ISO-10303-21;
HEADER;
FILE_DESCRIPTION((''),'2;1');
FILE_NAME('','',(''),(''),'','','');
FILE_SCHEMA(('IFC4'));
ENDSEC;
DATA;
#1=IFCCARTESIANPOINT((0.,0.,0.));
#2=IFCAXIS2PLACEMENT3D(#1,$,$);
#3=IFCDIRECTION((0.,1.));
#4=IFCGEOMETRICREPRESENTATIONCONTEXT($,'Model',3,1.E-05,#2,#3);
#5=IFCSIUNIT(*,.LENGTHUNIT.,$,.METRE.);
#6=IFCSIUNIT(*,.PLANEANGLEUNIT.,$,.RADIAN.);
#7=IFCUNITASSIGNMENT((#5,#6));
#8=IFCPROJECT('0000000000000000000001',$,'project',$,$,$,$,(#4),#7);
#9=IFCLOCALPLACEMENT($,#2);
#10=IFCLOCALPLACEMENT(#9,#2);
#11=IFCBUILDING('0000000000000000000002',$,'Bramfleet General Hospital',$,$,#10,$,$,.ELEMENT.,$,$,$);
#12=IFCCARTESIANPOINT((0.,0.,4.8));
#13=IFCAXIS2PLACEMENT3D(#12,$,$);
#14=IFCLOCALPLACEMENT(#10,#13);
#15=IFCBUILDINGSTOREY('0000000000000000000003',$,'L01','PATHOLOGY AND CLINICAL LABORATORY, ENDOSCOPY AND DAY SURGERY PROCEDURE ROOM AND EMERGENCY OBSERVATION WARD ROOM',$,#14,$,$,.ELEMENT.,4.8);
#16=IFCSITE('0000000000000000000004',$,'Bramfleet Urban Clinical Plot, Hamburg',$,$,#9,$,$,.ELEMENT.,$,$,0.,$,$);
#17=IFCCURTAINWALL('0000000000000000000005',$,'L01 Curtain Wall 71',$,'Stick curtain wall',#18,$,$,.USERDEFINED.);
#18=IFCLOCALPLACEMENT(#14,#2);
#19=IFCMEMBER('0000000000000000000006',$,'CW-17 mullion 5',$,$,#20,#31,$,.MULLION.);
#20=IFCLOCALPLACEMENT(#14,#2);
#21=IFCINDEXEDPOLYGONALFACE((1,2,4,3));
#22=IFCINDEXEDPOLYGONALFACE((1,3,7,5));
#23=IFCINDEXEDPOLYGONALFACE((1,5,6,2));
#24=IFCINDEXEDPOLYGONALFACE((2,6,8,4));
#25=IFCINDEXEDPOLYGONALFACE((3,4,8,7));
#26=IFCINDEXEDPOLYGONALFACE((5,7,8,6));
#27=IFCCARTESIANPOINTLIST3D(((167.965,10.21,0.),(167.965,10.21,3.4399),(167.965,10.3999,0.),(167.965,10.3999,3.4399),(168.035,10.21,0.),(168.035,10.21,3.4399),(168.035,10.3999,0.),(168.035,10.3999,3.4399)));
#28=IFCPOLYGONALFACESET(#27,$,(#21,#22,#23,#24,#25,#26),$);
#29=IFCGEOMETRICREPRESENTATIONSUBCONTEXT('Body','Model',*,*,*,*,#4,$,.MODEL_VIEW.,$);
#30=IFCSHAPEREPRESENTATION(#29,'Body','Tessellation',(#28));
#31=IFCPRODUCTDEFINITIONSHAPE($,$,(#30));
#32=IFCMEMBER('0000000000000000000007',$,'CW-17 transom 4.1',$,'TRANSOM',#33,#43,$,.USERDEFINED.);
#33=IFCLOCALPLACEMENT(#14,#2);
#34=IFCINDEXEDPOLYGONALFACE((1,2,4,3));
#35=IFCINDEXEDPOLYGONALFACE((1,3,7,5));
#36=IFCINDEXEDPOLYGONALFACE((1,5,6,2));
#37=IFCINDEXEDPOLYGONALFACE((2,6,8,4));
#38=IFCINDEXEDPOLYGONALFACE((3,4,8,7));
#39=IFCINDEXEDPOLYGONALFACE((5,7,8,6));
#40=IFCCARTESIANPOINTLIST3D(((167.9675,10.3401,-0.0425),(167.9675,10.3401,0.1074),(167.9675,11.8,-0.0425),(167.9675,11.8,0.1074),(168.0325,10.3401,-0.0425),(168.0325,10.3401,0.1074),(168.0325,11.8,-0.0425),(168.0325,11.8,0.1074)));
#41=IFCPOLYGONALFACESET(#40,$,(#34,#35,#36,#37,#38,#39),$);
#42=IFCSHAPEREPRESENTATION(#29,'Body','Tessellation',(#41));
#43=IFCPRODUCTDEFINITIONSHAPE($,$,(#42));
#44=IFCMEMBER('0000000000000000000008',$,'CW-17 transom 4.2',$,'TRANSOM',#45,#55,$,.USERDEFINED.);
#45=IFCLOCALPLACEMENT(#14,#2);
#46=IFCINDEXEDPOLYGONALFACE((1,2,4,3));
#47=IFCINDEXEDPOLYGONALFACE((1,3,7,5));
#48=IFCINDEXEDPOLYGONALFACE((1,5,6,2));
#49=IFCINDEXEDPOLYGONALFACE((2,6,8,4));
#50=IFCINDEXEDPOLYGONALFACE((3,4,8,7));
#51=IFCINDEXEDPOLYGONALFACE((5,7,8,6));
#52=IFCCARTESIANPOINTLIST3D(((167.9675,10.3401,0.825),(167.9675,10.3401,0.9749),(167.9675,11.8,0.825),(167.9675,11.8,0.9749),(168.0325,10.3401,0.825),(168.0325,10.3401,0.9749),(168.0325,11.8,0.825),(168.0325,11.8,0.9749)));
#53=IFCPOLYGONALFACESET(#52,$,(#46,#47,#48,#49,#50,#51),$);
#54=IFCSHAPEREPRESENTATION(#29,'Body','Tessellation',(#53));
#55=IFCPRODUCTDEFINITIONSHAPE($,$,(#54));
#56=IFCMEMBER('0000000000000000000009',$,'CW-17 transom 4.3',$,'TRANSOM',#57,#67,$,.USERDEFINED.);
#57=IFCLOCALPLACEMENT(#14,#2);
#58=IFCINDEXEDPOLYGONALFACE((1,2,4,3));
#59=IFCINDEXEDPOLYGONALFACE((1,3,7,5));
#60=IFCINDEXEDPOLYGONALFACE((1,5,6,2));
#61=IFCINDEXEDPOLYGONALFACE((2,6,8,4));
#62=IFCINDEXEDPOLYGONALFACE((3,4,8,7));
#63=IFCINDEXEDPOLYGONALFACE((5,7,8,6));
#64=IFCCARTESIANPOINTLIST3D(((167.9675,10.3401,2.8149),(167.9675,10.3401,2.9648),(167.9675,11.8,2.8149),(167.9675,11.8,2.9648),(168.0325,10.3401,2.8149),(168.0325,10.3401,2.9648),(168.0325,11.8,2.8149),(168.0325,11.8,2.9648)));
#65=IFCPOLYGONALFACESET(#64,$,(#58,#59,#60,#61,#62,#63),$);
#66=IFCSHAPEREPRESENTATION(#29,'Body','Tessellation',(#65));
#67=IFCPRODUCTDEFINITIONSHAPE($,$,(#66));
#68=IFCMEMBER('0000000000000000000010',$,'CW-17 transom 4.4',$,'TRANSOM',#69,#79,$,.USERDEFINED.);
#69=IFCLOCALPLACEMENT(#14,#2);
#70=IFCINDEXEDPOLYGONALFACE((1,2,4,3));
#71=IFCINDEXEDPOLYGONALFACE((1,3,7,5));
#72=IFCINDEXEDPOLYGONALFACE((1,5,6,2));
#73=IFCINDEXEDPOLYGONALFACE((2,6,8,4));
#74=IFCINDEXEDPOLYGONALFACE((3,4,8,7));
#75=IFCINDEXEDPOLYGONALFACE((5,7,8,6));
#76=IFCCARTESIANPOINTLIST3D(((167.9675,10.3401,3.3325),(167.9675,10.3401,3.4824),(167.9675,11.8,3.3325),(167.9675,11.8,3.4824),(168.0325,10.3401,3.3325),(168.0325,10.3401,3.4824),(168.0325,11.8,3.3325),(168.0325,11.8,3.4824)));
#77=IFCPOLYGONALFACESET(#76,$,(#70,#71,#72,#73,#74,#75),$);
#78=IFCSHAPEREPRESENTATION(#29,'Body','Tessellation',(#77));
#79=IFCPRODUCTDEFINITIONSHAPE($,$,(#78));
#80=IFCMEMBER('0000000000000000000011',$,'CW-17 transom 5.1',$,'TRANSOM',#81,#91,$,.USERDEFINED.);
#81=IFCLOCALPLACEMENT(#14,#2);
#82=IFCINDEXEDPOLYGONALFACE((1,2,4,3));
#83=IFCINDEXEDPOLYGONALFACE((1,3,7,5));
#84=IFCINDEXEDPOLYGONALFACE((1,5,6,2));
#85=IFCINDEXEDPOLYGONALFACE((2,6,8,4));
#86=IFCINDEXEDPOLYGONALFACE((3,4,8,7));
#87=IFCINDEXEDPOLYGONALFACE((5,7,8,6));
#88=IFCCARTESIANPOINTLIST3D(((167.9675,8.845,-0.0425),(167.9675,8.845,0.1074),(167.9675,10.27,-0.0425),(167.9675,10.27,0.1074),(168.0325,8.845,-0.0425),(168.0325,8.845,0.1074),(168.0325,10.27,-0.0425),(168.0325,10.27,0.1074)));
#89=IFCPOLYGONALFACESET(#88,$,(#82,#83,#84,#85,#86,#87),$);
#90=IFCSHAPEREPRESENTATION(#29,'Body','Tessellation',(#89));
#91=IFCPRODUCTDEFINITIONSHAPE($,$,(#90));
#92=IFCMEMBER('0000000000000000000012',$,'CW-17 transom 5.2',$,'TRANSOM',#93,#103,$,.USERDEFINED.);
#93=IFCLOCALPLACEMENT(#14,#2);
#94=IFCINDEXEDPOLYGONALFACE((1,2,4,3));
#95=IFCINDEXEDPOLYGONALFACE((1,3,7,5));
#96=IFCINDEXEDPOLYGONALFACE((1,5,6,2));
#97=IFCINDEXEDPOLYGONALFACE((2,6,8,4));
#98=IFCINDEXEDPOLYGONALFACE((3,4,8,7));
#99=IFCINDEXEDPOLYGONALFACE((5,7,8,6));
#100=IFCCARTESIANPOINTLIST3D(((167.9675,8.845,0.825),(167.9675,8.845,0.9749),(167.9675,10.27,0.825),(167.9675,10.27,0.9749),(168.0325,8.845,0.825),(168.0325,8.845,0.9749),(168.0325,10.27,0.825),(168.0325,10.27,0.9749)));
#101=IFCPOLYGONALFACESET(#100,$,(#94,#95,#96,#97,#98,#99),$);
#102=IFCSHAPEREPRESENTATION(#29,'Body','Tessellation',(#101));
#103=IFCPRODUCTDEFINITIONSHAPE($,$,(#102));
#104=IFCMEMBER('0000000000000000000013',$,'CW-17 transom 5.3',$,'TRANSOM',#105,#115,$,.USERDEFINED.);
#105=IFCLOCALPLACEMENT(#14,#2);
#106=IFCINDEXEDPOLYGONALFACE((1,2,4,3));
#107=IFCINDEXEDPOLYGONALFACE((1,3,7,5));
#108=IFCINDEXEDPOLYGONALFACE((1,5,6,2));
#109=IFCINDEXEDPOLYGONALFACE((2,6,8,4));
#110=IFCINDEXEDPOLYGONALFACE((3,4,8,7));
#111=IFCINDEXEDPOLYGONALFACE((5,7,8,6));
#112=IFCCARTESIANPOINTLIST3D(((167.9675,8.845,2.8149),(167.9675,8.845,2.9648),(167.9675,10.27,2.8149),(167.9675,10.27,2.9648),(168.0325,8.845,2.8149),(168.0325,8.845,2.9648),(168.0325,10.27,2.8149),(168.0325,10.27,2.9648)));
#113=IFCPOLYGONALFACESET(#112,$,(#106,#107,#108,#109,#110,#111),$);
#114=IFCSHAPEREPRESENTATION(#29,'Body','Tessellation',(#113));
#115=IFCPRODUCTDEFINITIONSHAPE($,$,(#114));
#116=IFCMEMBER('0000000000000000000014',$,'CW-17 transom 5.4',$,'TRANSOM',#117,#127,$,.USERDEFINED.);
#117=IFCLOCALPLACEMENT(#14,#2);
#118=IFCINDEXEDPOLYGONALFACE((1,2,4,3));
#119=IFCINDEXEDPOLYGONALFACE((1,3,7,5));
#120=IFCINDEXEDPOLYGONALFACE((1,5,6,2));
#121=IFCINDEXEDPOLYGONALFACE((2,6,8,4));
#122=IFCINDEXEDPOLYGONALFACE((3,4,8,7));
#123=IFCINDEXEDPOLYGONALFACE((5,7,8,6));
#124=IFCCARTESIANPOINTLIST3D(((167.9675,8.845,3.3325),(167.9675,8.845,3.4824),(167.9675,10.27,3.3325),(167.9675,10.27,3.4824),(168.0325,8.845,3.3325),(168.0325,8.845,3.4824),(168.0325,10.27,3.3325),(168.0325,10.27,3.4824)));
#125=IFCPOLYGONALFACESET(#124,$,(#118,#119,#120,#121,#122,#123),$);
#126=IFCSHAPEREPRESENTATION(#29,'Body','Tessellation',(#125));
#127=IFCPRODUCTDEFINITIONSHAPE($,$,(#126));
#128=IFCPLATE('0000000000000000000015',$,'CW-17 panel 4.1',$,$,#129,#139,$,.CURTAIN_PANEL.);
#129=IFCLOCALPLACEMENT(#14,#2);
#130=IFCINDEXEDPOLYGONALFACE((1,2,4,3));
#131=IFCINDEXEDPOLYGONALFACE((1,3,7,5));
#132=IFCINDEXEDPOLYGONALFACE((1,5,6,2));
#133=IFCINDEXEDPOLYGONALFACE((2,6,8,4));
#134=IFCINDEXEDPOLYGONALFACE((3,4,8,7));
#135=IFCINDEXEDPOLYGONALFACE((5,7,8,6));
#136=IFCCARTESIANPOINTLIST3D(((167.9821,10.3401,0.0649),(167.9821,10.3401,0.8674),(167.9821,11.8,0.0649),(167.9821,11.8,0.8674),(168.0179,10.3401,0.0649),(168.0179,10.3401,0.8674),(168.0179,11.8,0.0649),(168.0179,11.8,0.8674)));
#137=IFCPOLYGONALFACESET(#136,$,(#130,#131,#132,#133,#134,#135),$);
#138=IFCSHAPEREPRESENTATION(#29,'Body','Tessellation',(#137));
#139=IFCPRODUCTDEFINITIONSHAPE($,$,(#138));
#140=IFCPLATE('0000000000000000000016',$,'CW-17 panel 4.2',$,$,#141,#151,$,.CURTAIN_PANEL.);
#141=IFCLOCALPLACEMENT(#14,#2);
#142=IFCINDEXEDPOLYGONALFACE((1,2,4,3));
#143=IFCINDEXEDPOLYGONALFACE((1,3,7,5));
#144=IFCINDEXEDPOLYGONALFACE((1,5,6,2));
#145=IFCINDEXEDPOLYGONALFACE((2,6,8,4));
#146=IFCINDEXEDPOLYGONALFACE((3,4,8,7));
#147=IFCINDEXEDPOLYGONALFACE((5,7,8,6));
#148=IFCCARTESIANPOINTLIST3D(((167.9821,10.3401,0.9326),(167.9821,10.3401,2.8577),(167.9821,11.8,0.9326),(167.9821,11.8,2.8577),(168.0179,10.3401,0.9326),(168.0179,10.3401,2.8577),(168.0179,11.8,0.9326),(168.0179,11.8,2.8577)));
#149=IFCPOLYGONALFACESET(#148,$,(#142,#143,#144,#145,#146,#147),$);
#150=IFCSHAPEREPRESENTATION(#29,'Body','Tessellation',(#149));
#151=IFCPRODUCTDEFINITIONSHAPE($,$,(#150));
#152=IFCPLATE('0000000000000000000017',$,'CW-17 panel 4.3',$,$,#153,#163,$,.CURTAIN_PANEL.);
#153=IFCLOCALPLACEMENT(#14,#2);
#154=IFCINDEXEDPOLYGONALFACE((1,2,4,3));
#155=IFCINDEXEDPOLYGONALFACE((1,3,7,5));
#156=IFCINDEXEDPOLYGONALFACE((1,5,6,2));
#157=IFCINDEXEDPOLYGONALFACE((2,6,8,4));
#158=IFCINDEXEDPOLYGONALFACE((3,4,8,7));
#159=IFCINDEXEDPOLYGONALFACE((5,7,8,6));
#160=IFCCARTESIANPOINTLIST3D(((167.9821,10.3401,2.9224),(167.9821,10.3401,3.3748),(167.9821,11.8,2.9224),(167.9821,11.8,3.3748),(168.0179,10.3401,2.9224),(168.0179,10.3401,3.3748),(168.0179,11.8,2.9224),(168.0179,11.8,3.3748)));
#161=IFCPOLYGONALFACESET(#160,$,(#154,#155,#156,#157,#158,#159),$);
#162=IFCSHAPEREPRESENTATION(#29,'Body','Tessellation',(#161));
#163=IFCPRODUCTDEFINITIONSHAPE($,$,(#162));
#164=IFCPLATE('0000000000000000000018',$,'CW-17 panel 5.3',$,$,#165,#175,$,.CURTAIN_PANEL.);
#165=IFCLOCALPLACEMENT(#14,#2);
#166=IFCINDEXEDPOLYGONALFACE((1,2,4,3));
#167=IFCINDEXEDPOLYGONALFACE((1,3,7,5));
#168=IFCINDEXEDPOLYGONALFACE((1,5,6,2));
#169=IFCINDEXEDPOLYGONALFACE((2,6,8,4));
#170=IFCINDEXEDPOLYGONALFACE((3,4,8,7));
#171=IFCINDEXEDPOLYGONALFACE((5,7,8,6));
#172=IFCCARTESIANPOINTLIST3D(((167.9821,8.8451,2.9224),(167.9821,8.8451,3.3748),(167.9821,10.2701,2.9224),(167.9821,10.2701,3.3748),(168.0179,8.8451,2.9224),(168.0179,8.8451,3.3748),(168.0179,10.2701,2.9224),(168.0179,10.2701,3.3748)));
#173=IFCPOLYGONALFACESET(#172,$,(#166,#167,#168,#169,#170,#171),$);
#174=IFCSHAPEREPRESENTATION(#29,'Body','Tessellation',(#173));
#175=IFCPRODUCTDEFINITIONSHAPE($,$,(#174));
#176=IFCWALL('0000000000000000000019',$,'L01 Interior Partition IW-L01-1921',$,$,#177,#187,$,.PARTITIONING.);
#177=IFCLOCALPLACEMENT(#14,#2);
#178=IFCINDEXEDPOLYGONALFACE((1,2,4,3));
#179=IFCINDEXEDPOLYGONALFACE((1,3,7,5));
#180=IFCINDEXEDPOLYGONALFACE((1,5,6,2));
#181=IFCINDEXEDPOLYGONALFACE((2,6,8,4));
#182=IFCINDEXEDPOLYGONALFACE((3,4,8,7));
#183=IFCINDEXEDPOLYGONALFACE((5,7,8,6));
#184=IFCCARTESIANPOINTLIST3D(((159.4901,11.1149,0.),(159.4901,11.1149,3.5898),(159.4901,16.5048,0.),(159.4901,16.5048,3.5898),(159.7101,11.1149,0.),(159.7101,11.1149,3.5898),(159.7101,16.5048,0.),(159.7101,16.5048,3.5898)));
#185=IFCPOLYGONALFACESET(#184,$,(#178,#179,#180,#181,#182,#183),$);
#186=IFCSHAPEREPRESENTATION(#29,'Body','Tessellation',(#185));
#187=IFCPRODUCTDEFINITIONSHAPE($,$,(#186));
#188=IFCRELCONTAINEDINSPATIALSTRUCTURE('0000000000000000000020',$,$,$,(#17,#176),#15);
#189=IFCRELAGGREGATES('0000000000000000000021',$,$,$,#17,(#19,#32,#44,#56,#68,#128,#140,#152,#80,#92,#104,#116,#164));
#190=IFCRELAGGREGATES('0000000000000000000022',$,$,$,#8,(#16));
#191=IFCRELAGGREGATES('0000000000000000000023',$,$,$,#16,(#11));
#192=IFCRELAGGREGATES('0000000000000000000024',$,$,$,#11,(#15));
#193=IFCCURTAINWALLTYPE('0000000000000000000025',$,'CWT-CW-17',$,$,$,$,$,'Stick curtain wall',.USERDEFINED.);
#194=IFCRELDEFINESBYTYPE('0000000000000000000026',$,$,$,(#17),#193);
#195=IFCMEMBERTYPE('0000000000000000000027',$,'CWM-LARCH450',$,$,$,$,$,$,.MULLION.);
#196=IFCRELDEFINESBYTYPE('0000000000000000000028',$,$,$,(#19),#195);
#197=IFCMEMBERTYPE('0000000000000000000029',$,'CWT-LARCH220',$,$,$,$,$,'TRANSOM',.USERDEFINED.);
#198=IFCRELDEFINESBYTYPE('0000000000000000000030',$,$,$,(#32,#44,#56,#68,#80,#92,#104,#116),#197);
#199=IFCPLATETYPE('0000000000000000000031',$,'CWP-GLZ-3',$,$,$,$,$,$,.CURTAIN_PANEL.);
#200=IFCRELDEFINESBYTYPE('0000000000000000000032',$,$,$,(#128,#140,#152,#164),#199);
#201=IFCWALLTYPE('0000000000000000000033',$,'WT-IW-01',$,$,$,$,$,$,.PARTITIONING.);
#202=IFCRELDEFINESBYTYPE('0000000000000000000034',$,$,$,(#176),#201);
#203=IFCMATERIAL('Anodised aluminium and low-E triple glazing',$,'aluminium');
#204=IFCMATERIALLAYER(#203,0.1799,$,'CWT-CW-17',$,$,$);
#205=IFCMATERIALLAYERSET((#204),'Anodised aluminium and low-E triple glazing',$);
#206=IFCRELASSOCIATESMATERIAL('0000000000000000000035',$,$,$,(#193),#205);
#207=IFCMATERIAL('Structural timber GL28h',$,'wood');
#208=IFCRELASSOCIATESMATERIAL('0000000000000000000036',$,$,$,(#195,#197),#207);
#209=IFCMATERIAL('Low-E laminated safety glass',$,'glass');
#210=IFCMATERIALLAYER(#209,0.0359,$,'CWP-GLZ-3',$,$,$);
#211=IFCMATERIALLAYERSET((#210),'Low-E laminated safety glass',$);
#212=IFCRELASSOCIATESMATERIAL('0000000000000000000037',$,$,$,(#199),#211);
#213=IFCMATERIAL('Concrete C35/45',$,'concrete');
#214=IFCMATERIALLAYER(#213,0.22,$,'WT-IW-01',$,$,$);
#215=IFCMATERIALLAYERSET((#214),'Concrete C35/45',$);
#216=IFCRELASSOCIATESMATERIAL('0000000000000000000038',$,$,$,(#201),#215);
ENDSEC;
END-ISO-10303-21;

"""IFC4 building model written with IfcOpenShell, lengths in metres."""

from ifc_helpers import new_model, si_unit, direction, frame, frame_2d, origin, origin_2d, place, context, subcontext, project, spatial, rectangle, extrude, material, layer, layer_set, material_profile, profile_set, type_object, element, aggregate, save


model = new_model("IFC4")

# Units and contexts
model_context = context("Model", 3, precision=1e-05, world=origin(), true_north=direction((0.0, 1.0)))
body_context = subcontext(model_context, "Body", "Model", "MODEL_VIEW")
ifc_project = project(units=[si_unit("LENGTHUNIT", "METRE"), si_unit("PLANEANGLEUNIT", "RADIAN")], contexts=[model_context])

# Site, building, storey
site_placement = place(None, origin())
site = spatial("IfcSite", under=ifc_project, at=site_placement, Name="Bramfleet Urban Clinical Plot, Hamburg", CompositionType="ELEMENT", RefElevation=0.0)
building_placement = place(site_placement, origin())
building = spatial("IfcBuilding", under=site, at=building_placement, Name="Bramfleet General Hospital", CompositionType="ELEMENT")
storey_placement = place(building_placement, frame((0.0, 0.0, 4.8)))
storey = spatial("IfcBuildingStorey", under=building, at=storey_placement, Name="L01", Description="PATHOLOGY AND CLINICAL LABORATORY, ENDOSCOPY AND DAY SURGERY PROCEDURE ROOM AND EMERGENCY OBSERVATION WARD ROOM", CompositionType="ELEMENT", Elevation=4.8)

# Curtain wall, members, plates
ifc_material_1 = material(Name="Anodised aluminium and low-E triple glazing", Category="aluminium")
ifc_layer_1 = layer(ifc_material_1, 0.1799, Name="CWT-CW-17")
ifc_layer_set_1 = layer_set([ifc_layer_1], Name="Anodised aluminium and low-E triple glazing")
curtain_wall_type = type_object("IfcCurtainWallType", Name="CWT-CW-17", ElementType="Stick curtain wall", PredefinedType="USERDEFINED", material=ifc_layer_set_1)
curtain_wall_placement = place(storey_placement, origin())
curtain_wall = element("IfcCurtainWall", 1, at=curtain_wall_placement, inside=storey, type_object=curtain_wall_type, Name="L01 Curtain Wall 71", ObjectType="Stick curtain wall", PredefinedType="USERDEFINED")
ifc_material_2 = material(Name="Structural timber GL28h", Category="wood")
ifc_material_profile_1 = material_profile(ifc_material_2, rectangle(XDim=0.0701, YDim=0.1899, at=origin_2d()), Name="LARCH 190x70")
ifc_profile_set_1 = profile_set([ifc_material_profile_1], Name="Structural timber GL28h")
member_type_1 = type_object("IfcMemberType", Name="CWM-LARCH450", PredefinedType="MULLION", material=ifc_profile_set_1)
member_1_placement = place(storey_placement, frame((168.0, 10.3049, 0.0), z_axis=(0.0, 0.0, 1.0), x_axis=(1.0, 0.0, 0.0)))
member_1 = element("IfcMember", 2, at=member_1_placement, type_object=member_type_1, Name="CW-17 mullion 5", PredefinedType="MULLION", context=body_context, shape_type="SweptSolid", body=[
    extrude(rectangle(XDim=0.0701, YDim=0.1899, at=origin_2d()), origin(), (0.0, 0.0, 1.0), 3.4399),
])
ifc_material_profile_2 = material_profile(ifc_material_2, rectangle(XDim=0.0649, YDim=0.1499, at=origin_2d()), Name="LARCH 150x65")
ifc_profile_set_2 = profile_set([ifc_material_profile_2], Name="Structural timber GL28h")
member_type_2 = type_object("IfcMemberType", Name="CWT-LARCH220", ElementType="TRANSOM", PredefinedType="USERDEFINED", material=ifc_profile_set_2)
member_2_placement = place(storey_placement, frame((168.0, 11.8, 0.0325), z_axis=(0.0, -1.0, 0.0), x_axis=(1.0, 0.0, 0.0)))
member_2 = element("IfcMember", 3, at=member_2_placement, type_object=member_type_2, Name="CW-17 transom 4.1", ObjectType="TRANSOM", PredefinedType="USERDEFINED", context=body_context, shape_type="SweptSolid", body=[
    extrude(rectangle(XDim=0.0649, YDim=0.1499, at=origin_2d()), origin(), (0.0, 0.0, 1.0), 1.46),
])
member_3_placement = place(storey_placement, frame((168.0, 11.8, 0.8999), z_axis=(0.0, -1.0, 0.0), x_axis=(1.0, 0.0, 0.0)))
member_3 = element("IfcMember", 4, at=member_3_placement, type_object=member_type_2, Name="CW-17 transom 4.2", ObjectType="TRANSOM", PredefinedType="USERDEFINED", context=body_context, shape_type="SweptSolid", body=[
    extrude(rectangle(XDim=0.0649, YDim=0.1499, at=origin_2d()), origin(), (0.0, 0.0, 1.0), 1.46),
])
member_4_placement = place(storey_placement, frame((168.0, 11.8, 2.8899), z_axis=(0.0, -1.0, 0.0), x_axis=(1.0, 0.0, 0.0)))
member_4 = element("IfcMember", 5, at=member_4_placement, type_object=member_type_2, Name="CW-17 transom 4.3", ObjectType="TRANSOM", PredefinedType="USERDEFINED", context=body_context, shape_type="SweptSolid", body=[
    extrude(rectangle(XDim=0.0649, YDim=0.1499, at=origin_2d()), origin(), (0.0, 0.0, 1.0), 1.46),
])
member_5_placement = place(storey_placement, frame((168.0, 11.8, 3.4075), z_axis=(0.0, -1.0, 0.0), x_axis=(1.0, 0.0, 0.0)))
member_5 = element("IfcMember", 6, at=member_5_placement, type_object=member_type_2, Name="CW-17 transom 4.4", ObjectType="TRANSOM", PredefinedType="USERDEFINED", context=body_context, shape_type="SweptSolid", body=[
    extrude(rectangle(XDim=0.0649, YDim=0.1499, at=origin_2d()), origin(), (0.0, 0.0, 1.0), 1.46),
])
member_6_placement = place(storey_placement, frame((168.0, 10.27, 0.0325), z_axis=(0.0, -1.0, 0.0), x_axis=(1.0, 0.0, 0.0)))
member_6 = element("IfcMember", 7, at=member_6_placement, type_object=member_type_2, Name="CW-17 transom 5.1", ObjectType="TRANSOM", PredefinedType="USERDEFINED", context=body_context, shape_type="SweptSolid", body=[
    extrude(rectangle(XDim=0.0649, YDim=0.1499, at=origin_2d()), origin(), (0.0, 0.0, 1.0), 1.425),
])
member_7_placement = place(storey_placement, frame((168.0, 10.27, 0.8999), z_axis=(0.0, -1.0, 0.0), x_axis=(1.0, 0.0, 0.0)))
member_7 = element("IfcMember", 8, at=member_7_placement, type_object=member_type_2, Name="CW-17 transom 5.2", ObjectType="TRANSOM", PredefinedType="USERDEFINED", context=body_context, shape_type="SweptSolid", body=[
    extrude(rectangle(XDim=0.0649, YDim=0.1499, at=origin_2d()), origin(), (0.0, 0.0, 1.0), 1.425),
])
member_8_placement = place(storey_placement, frame((168.0, 10.27, 2.8899), z_axis=(0.0, -1.0, 0.0), x_axis=(1.0, 0.0, 0.0)))
member_8 = element("IfcMember", 9, at=member_8_placement, type_object=member_type_2, Name="CW-17 transom 5.3", ObjectType="TRANSOM", PredefinedType="USERDEFINED", context=body_context, shape_type="SweptSolid", body=[
    extrude(rectangle(XDim=0.0649, YDim=0.1499, at=origin_2d()), origin(), (0.0, 0.0, 1.0), 1.425),
])
member_9_placement = place(storey_placement, frame((168.0, 10.27, 3.4075), z_axis=(0.0, -1.0, 0.0), x_axis=(1.0, 0.0, 0.0)))
member_9 = element("IfcMember", 10, at=member_9_placement, type_object=member_type_2, Name="CW-17 transom 5.4", ObjectType="TRANSOM", PredefinedType="USERDEFINED", context=body_context, shape_type="SweptSolid", body=[
    extrude(rectangle(XDim=0.0649, YDim=0.1499, at=origin_2d()), origin(), (0.0, 0.0, 1.0), 1.425),
])
ifc_material_3 = material(Name="Low-E laminated safety glass", Category="glass")
ifc_layer_2 = layer(ifc_material_3, 0.0359, Name="CWP-GLZ-3")
ifc_layer_set_2 = layer_set([ifc_layer_2], Name="Low-E laminated safety glass")
plate_type = type_object("IfcPlateType", Name="CWP-GLZ-3", PredefinedType="CURTAIN_PANEL", material=ifc_layer_set_2)
plate_1_placement = place(storey_placement, frame((168.0, 11.0701, 0.0649), z_axis=(0.0, 0.0, 1.0), x_axis=(0.0, -1.0, 0.0)))
plate_1 = element("IfcPlate", 11, at=plate_1_placement, type_object=plate_type, Name="CW-17 panel 4.1", PredefinedType="CURTAIN_PANEL", context=body_context, shape_type="SweptSolid", body=[
    extrude(rectangle(XDim=1.46, YDim=0.0359, at=origin_2d()), origin(), (0.0, 0.0, 1.0), 0.8025),
])
plate_2_placement = place(storey_placement, frame((168.0, 11.0701, 0.9326), z_axis=(0.0, 0.0, 1.0), x_axis=(0.0, -1.0, 0.0)))
plate_2 = element("IfcPlate", 12, at=plate_2_placement, type_object=plate_type, Name="CW-17 panel 4.2", PredefinedType="CURTAIN_PANEL", context=body_context, shape_type="SweptSolid", body=[
    extrude(rectangle(XDim=1.46, YDim=0.0359, at=origin_2d()), origin(), (0.0, 0.0, 1.0), 1.925),
])
plate_3_placement = place(storey_placement, frame((168.0, 11.0701, 2.9224), z_axis=(0.0, 0.0, 1.0), x_axis=(0.0, -1.0, 0.0)))
plate_3 = element("IfcPlate", 13, at=plate_3_placement, type_object=plate_type, Name="CW-17 panel 4.3", PredefinedType="CURTAIN_PANEL", context=body_context, shape_type="SweptSolid", body=[
    extrude(rectangle(XDim=1.46, YDim=0.0359, at=origin_2d()), origin(), (0.0, 0.0, 1.0), 0.4524),
])
plate_4_placement = place(storey_placement, frame((168.0, 9.5576, 2.9224), z_axis=(0.0, 0.0, 1.0), x_axis=(0.0, -1.0, 0.0)))
plate_4 = element("IfcPlate", 14, at=plate_4_placement, type_object=plate_type, Name="CW-17 panel 5.3", PredefinedType="CURTAIN_PANEL", context=body_context, shape_type="SweptSolid", body=[
    extrude(rectangle(XDim=1.425, YDim=0.0359, at=origin_2d()), origin(), (0.0, 0.0, 1.0), 0.4524),
])
aggregate(curtain_wall, [member_1, member_2, member_3, member_4, member_5, plate_1, plate_2, plate_3, member_6, member_7, member_8, member_9, plate_4])

# Wall
ifc_material_4 = material(Name="Concrete C35/45", Category="concrete")
ifc_layer_3 = layer(ifc_material_4, 0.22, Name="WT-IW-01")
ifc_layer_set_3 = layer_set([ifc_layer_3], Name="Concrete C35/45")
wall_type_1 = type_object("IfcWallType", Name="WT-IW-01", PredefinedType="PARTITIONING", material=ifc_layer_set_3)
wall_1_placement = place(storey_placement, frame((159.6001, 11.115, 0.0), z_axis=(0.0, 0.0, 1.0), x_axis=(0.0, 1.0, 0.0)))
element("IfcWall", 15, at=wall_1_placement, inside=storey, type_object=wall_type_1, Name="L01 Interior Partition IW-L01-1921", PredefinedType="PARTITIONING", context=body_context, shape_type="SweptSolid", body=[
    extrude(rectangle(XDim=5.3899, YDim=0.22, at=frame_2d((2.6948, 0.0))), origin(), (0.0, 0.0, 1.0), 3.5898),
])

save(model, "model.ifc")
